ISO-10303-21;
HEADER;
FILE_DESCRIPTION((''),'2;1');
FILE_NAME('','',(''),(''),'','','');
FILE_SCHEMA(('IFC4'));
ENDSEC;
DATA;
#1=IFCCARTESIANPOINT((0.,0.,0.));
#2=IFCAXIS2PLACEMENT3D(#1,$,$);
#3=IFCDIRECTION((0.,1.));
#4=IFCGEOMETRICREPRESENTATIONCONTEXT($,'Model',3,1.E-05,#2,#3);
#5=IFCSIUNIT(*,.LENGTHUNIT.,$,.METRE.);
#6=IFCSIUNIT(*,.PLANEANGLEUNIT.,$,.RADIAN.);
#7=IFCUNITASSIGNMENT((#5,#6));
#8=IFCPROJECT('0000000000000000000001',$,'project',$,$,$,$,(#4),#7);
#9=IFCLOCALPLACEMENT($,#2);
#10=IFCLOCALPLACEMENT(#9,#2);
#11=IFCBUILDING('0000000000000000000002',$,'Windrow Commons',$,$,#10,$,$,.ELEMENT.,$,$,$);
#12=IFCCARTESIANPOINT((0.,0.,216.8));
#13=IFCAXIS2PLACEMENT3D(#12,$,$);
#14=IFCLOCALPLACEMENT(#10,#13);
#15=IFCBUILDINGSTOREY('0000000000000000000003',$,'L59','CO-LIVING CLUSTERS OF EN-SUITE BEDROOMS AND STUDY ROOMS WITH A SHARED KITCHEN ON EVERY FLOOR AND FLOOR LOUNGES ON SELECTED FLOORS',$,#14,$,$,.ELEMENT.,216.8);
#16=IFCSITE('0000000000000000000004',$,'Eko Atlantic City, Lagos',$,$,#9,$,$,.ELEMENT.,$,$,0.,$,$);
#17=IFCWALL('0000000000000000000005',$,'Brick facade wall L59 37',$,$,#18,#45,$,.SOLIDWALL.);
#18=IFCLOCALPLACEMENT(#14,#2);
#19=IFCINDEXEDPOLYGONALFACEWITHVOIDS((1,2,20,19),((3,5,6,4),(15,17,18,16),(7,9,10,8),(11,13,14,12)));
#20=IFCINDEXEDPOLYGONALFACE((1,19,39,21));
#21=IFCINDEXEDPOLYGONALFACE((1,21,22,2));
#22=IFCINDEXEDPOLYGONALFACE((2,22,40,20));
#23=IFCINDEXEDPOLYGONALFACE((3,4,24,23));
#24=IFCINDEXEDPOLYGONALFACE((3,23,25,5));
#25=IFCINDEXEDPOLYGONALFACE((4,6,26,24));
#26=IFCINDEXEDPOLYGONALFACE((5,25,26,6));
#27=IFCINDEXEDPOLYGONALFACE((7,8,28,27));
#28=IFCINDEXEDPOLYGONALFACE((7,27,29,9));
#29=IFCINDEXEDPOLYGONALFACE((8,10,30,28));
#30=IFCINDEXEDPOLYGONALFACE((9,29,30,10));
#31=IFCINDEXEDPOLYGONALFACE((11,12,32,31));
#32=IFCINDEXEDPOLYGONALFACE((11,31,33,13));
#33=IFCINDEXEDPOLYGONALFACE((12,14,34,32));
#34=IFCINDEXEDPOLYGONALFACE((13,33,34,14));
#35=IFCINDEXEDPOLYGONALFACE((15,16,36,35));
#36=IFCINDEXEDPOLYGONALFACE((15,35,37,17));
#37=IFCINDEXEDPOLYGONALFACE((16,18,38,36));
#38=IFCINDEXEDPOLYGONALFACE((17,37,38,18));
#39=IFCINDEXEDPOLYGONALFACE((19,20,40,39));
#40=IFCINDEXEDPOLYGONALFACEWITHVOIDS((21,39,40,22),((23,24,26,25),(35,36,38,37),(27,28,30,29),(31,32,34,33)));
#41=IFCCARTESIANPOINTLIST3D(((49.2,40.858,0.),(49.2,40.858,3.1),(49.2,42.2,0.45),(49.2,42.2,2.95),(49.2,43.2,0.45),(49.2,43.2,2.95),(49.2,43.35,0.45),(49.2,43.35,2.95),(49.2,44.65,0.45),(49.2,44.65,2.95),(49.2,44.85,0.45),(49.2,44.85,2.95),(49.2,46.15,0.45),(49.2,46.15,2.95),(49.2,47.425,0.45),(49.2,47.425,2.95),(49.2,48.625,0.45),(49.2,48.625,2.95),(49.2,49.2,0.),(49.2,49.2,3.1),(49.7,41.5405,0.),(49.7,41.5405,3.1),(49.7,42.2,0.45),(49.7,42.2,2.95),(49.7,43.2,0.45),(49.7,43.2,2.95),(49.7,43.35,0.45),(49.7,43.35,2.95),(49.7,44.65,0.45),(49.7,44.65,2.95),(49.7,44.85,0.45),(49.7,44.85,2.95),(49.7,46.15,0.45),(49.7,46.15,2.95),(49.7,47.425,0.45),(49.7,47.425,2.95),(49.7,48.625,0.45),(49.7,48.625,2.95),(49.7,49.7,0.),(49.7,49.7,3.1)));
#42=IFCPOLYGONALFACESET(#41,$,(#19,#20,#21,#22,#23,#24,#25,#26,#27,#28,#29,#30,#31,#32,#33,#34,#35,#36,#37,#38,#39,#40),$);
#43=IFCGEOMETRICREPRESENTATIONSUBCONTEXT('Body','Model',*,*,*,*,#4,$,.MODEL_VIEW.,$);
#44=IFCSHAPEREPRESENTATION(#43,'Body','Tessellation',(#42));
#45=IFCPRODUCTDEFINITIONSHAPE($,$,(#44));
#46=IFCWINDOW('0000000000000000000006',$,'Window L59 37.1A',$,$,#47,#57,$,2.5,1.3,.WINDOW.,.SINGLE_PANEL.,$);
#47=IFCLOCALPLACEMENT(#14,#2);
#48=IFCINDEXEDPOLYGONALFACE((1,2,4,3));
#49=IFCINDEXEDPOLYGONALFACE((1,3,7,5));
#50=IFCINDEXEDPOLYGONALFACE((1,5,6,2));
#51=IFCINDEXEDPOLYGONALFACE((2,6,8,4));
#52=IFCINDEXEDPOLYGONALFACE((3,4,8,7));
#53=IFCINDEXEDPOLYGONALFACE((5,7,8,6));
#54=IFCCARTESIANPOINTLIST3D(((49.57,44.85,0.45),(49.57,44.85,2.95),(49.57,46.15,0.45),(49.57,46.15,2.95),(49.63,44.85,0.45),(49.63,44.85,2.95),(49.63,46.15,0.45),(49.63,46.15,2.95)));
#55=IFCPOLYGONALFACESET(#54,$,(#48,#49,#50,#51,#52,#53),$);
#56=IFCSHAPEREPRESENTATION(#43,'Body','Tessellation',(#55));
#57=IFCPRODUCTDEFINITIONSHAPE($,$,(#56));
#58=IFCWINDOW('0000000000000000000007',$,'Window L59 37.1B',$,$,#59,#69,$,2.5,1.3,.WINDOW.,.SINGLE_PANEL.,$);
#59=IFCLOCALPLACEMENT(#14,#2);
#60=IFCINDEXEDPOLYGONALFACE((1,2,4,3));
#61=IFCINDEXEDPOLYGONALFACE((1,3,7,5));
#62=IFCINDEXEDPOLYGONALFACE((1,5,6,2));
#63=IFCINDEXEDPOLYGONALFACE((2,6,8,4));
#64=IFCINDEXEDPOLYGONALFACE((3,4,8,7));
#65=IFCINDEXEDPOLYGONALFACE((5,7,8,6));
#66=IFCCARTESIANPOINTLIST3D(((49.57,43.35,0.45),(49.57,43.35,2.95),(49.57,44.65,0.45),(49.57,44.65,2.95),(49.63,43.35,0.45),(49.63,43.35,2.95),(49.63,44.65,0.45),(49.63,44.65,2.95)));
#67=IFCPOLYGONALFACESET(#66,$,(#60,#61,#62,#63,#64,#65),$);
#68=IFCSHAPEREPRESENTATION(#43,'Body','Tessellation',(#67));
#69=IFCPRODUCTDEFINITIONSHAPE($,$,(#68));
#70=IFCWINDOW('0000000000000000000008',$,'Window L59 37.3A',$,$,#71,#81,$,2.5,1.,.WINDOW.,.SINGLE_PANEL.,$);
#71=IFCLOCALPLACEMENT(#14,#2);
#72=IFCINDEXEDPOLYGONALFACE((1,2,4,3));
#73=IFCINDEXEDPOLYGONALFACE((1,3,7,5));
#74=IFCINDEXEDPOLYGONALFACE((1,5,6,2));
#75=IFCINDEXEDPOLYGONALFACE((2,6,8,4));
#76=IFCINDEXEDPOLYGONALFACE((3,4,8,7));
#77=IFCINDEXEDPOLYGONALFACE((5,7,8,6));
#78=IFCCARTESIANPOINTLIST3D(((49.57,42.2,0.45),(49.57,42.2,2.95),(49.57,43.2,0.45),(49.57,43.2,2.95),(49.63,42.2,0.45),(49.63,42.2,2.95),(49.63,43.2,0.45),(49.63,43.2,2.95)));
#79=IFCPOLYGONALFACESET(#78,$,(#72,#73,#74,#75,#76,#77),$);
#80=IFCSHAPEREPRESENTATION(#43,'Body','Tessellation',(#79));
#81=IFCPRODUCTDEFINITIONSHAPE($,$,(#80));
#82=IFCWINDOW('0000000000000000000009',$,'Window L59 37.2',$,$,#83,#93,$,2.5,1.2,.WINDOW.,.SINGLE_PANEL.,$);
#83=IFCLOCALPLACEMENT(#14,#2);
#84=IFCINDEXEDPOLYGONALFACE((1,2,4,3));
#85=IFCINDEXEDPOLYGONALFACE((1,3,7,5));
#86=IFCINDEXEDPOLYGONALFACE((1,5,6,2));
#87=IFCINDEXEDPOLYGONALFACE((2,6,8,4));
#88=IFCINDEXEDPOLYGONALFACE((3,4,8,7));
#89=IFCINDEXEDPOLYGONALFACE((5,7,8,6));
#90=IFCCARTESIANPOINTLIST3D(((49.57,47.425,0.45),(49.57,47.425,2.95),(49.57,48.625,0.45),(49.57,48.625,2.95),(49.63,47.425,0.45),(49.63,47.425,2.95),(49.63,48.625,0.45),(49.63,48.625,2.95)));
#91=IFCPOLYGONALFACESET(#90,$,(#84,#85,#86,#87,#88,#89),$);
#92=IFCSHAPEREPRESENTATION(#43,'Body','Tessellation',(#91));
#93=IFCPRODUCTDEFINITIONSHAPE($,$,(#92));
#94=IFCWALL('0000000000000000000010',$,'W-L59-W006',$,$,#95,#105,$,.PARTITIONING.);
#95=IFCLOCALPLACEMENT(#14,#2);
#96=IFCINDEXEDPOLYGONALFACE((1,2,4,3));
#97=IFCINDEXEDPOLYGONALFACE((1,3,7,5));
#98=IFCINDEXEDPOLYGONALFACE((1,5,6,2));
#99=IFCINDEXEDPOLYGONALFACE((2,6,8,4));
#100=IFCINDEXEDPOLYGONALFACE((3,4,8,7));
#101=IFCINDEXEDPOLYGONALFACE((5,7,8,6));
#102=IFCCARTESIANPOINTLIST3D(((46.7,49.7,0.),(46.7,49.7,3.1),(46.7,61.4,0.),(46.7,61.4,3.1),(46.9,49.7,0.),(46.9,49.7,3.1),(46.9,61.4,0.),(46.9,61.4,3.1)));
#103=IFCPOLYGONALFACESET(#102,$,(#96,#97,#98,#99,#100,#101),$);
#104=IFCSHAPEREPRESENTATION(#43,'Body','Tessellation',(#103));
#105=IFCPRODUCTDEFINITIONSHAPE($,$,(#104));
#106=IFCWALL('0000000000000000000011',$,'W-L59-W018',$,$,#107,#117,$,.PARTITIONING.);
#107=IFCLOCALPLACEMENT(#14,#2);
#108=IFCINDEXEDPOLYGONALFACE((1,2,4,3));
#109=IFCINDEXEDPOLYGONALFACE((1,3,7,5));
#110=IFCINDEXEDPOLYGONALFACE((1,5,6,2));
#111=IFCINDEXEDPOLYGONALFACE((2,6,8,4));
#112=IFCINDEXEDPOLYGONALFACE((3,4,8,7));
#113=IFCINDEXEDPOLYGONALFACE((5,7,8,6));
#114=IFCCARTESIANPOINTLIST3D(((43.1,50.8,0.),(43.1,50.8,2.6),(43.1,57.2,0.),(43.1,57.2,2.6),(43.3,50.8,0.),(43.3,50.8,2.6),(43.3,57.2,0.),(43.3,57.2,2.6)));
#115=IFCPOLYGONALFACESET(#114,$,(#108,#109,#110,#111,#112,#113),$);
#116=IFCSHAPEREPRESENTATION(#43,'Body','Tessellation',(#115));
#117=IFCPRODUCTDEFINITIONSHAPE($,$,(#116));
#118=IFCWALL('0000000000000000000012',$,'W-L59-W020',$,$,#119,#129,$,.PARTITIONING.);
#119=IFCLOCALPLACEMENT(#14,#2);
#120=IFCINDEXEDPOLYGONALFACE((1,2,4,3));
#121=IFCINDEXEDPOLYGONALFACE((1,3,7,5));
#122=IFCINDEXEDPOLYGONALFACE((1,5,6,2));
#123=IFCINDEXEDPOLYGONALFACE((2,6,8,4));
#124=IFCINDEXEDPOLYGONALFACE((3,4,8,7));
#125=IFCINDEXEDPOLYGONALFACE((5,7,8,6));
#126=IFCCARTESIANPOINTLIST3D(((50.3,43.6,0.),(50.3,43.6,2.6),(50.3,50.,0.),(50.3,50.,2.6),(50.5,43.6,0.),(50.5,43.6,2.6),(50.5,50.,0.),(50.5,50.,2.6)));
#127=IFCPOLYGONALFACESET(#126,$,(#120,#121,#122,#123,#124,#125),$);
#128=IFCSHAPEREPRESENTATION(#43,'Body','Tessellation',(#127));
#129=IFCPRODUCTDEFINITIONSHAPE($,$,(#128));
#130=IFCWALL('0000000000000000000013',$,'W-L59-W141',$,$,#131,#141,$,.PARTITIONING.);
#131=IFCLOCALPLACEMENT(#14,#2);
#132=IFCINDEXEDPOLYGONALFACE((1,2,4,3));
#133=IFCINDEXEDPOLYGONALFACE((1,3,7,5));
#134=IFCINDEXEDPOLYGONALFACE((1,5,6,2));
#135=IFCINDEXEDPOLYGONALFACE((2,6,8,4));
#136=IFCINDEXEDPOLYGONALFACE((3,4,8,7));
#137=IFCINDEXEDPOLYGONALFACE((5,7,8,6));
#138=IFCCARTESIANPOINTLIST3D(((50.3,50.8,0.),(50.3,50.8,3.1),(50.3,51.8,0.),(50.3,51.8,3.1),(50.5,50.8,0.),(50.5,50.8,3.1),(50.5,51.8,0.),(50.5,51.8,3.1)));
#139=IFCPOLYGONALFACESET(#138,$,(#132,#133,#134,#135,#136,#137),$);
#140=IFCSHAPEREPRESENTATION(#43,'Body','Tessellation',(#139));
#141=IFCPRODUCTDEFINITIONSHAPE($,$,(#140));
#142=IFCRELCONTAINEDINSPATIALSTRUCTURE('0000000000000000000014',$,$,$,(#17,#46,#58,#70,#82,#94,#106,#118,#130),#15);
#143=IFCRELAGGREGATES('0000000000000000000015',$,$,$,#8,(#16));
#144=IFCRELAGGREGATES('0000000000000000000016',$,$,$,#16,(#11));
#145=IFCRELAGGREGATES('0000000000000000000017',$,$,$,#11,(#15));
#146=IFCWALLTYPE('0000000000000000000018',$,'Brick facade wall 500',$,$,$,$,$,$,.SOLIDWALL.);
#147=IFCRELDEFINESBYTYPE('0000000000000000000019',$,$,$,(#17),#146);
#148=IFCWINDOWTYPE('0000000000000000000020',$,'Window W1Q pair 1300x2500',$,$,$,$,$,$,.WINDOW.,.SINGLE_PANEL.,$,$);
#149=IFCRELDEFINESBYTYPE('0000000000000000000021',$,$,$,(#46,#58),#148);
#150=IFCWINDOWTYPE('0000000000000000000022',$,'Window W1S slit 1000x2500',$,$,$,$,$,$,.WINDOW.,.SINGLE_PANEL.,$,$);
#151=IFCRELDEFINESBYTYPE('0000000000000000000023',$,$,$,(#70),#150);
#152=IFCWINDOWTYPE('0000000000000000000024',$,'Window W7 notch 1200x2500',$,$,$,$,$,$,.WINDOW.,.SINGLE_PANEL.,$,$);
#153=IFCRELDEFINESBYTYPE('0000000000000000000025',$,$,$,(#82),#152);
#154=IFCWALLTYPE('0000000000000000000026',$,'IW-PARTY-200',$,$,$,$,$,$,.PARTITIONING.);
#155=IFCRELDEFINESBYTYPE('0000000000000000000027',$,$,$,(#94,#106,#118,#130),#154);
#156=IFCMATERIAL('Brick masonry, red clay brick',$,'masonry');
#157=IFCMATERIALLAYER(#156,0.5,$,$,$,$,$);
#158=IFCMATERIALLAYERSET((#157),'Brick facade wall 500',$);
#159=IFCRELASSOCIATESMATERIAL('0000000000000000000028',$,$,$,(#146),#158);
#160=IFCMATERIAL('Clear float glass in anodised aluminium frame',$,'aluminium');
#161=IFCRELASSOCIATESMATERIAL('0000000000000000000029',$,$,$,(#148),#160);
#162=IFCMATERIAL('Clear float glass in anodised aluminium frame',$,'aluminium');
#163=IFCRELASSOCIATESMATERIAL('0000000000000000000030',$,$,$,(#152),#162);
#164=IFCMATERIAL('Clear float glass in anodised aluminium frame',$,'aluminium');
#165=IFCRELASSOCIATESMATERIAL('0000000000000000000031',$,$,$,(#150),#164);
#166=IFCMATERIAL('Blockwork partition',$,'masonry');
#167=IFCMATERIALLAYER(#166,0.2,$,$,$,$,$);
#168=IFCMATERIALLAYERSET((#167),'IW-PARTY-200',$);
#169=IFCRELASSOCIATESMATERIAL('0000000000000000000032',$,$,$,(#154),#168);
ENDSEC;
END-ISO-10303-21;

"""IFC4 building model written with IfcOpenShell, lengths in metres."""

from ifc_helpers import new_model, si_unit, direction, frame, frame_2d, origin, place, context, subcontext, project, spatial, polyline, rectangle, outline, extrude, material, layer, layer_set, type_object, element, fill, save


model = new_model("IFC4")

# Units and contexts
model_context = context("Model", 3, precision=1e-05, world=origin(), true_north=direction((0.0, 1.0)))
body_context = subcontext(model_context, "Body", "Model", "MODEL_VIEW")
ifc_project = project(units=[si_unit("LENGTHUNIT", "METRE"), si_unit("PLANEANGLEUNIT", "RADIAN")], contexts=[model_context])

# Site, building, storey
site_placement = place(None, origin())
site = spatial("IfcSite", under=ifc_project, at=site_placement, Name="Eko Atlantic City, Lagos", CompositionType="ELEMENT", RefElevation=0.0)
building_placement = place(site_placement, origin())
building = spatial("IfcBuilding", under=site, at=building_placement, Name="Windrow Commons", CompositionType="ELEMENT")
storey_placement = place(building_placement, frame((0.0, 0.0, 216.8)))
storey = spatial("IfcBuildingStorey", under=building, at=storey_placement, Name="L59", Description="CO-LIVING CLUSTERS OF EN-SUITE BEDROOMS AND STUDY ROOMS WITH A SHARED KITCHEN ON EVERY FLOOR AND FLOOR LOUNGES ON SELECTED FLOORS", CompositionType="ELEMENT", Elevation=216.8)

# Wall, openings, windows
ifc_material_1 = material(Name="Brick masonry, red clay brick", Category="masonry")
ifc_layer_1 = layer(ifc_material_1, 0.5)
ifc_layer_set_1 = layer_set([ifc_layer_1], Name="Brick facade wall 500")
wall_type_1 = type_object("IfcWallType", Name="Brick facade wall 500", PredefinedType="SOLIDWALL", material=ifc_layer_set_1)
ifc_material_2 = material(Name="Clear float glass in anodised aluminium frame", Category="aluminium")
window_type_1 = type_object("IfcWindowType", Name="Window W1Q pair 1300x2500", PartitioningType="SINGLE_PANEL", PredefinedType="WINDOW", material=ifc_material_2)
ifc_material_3 = material(Name="Clear float glass in anodised aluminium frame", Category="aluminium")
window_type_2 = type_object("IfcWindowType", Name="Window W7 notch 1200x2500", PartitioningType="SINGLE_PANEL", PredefinedType="WINDOW", material=ifc_material_3)
wall_1_placement = place(storey_placement, frame((49.45, 49.45, 0.0), z_axis=(0.0, 0.0, 1.0), x_axis=(0.0, -1.0, 0.0)))
wall_1 = element("IfcWall", 1, at=wall_1_placement, inside=storey, type_object=wall_type_1, Name="Brick facade wall L59 37", PredefinedType="SOLIDWALL", context=body_context, shape_type="SweptSolid", body=[
    extrude(outline(polyline([(0.25, -0.25), (8.592, -0.25), (7.9095, 0.25), (-0.25, 0.25), (0.25, -0.25)])), origin(), (0.0, 0.0, 1.0), 3.1),
])
opening_1_placement = place(wall_1_placement, frame((3.3, 0.0, 0.45)))
opening_1 = element("IfcOpeningElement", 2, at=opening_1_placement, cuts=wall_1, PredefinedType="OPENING", context=body_context, shape_type="SweptSolid", body=[
    extrude(rectangle(XDim=1.3, YDim=2.5, at=frame_2d((0.65, 1.25))), frame((0.0, 0.26, 0.0), z_axis=(0.0, -1.0, 0.0), x_axis=(1.0, 0.0, 0.0)), (0.0, 0.0, 1.0), 0.52),
])
opening_2_placement = place(wall_1_placement, frame((4.8, 0.0, 0.45)))
opening_2 = element("IfcOpeningElement", 3, at=opening_2_placement, cuts=wall_1, PredefinedType="OPENING", context=body_context, shape_type="SweptSolid", body=[
    extrude(rectangle(XDim=1.3, YDim=2.5, at=frame_2d((0.65, 1.25))), frame((0.0, 0.26, 0.0), z_axis=(0.0, -1.0, 0.0), x_axis=(1.0, 0.0, 0.0)), (0.0, 0.0, 1.0), 0.52),
])
opening_3_placement = place(wall_1_placement, frame((0.825, 0.0, 0.45)))
opening_3 = element("IfcOpeningElement", 4, at=opening_3_placement, cuts=wall_1, PredefinedType="OPENING", context=body_context, shape_type="SweptSolid", body=[
    extrude(rectangle(XDim=1.2, YDim=2.5, at=frame_2d((0.6, 1.25))), frame((0.0, 0.26, 0.0), z_axis=(0.0, -1.0, 0.0), x_axis=(1.0, 0.0, 0.0)), (0.0, 0.0, 1.0), 0.52),
])
opening_4_placement = place(wall_1_placement, frame((6.25, 0.0, 0.45)))
opening_4 = element("IfcOpeningElement", 5, at=opening_4_placement, cuts=wall_1, PredefinedType="OPENING", context=body_context, shape_type="SweptSolid", body=[
    extrude(rectangle(XDim=1.0, YDim=2.5, at=frame_2d((0.5, 1.25))), frame((0.0, 0.26, 0.0), z_axis=(0.0, -1.0, 0.0), x_axis=(1.0, 0.0, 0.0)), (0.0, 0.0, 1.0), 0.52),
])
window_1_placement = place(opening_1_placement, origin())
window_1 = element("IfcWindow", 6, at=window_1_placement, inside=storey, type_object=window_type_1, Name="Window L59 37.1A", OverallHeight=2.5, OverallWidth=1.3, PartitioningType="SINGLE_PANEL", PredefinedType="WINDOW", context=body_context, shape_type="SweptSolid", body=[
    extrude(rectangle(XDim=1.3, YDim=2.5, at=frame_2d((0.65, 1.25))), frame((0.0, 0.18, 0.0), z_axis=(0.0, -1.0, 0.0), x_axis=(1.0, 0.0, 0.0)), (0.0, 0.0, 1.0), 0.06),
])
fill(opening_1, window_1)
window_2_placement = place(opening_2_placement, origin())
window_2 = element("IfcWindow", 7, at=window_2_placement, inside=storey, type_object=window_type_1, Name="Window L59 37.1B", OverallHeight=2.5, OverallWidth=1.3, PartitioningType="SINGLE_PANEL", PredefinedType="WINDOW", context=body_context, shape_type="SweptSolid", body=[
    extrude(rectangle(XDim=1.3, YDim=2.5, at=frame_2d((0.65, 1.25))), frame((0.0, 0.18, 0.0), z_axis=(0.0, -1.0, 0.0), x_axis=(1.0, 0.0, 0.0)), (0.0, 0.0, 1.0), 0.06),
])
fill(opening_2, window_2)
ifc_material_4 = material(Name="Clear float glass in anodised aluminium frame", Category="aluminium")
window_type_3 = type_object("IfcWindowType", Name="Window W1S slit 1000x2500", PartitioningType="SINGLE_PANEL", PredefinedType="WINDOW", material=ifc_material_4)
window_3_placement = place(opening_4_placement, origin())
window_3 = element("IfcWindow", 8, at=window_3_placement, inside=storey, type_object=window_type_3, Name="Window L59 37.3A", OverallHeight=2.5, OverallWidth=1.0, PartitioningType="SINGLE_PANEL", PredefinedType="WINDOW", context=body_context, shape_type="SweptSolid", body=[
    extrude(rectangle(XDim=1.0, YDim=2.5, at=frame_2d((0.5, 1.25))), frame((0.0, 0.18, 0.0), z_axis=(0.0, -1.0, 0.0), x_axis=(1.0, 0.0, 0.0)), (0.0, 0.0, 1.0), 0.06),
])
fill(opening_4, window_3)
window_4_placement = place(opening_3_placement, origin())
window_4 = element("IfcWindow", 9, at=window_4_placement, inside=storey, type_object=window_type_2, Name="Window L59 37.2", OverallHeight=2.5, OverallWidth=1.2, PartitioningType="SINGLE_PANEL", PredefinedType="WINDOW", context=body_context, shape_type="SweptSolid", body=[
    extrude(rectangle(XDim=1.2, YDim=2.5, at=frame_2d((0.6, 1.25))), frame((0.0, 0.18, 0.0), z_axis=(0.0, -1.0, 0.0), x_axis=(1.0, 0.0, 0.0)), (0.0, 0.0, 1.0), 0.06),
])
fill(opening_3, window_4)

# Walls
ifc_material_5 = material(Name="Blockwork partition", Category="masonry")
ifc_layer_2 = layer(ifc_material_5, 0.2)
ifc_layer_set_2 = layer_set([ifc_layer_2], Name="IW-PARTY-200")
wall_type_2 = type_object("IfcWallType", Name="IW-PARTY-200", PredefinedType="PARTITIONING", material=ifc_layer_set_2)
wall_2_placement = place(storey_placement, frame((46.8, 49.7, 0.0), z_axis=(0.0, 0.0, 1.0), x_axis=(0.0, 1.0, 0.0)))
element("IfcWall", 10, at=wall_2_placement, inside=storey, type_object=wall_type_2, Name="W-L59-W006", PredefinedType="PARTITIONING", context=body_context, shape_type="SweptSolid", body=[
    extrude(rectangle(XDim=11.7, YDim=0.2, at=frame_2d((5.85, 0.0))), origin(), (0.0, 0.0, 1.0), 3.1),
])
for number, where, z_axis, x_axis, name in (
    (11, (43.2, 50.8, 0.0), (0.0, 0.0, 1.0), (0.0, 1.0, 0.0), "W-L59-W018"),
    (12, (50.4, 43.6, 0.0), (0.0, 0.0, 1.0), (0.0, 1.0, 0.0), "W-L59-W020"),
):
    element("IfcWall", number, at=place(storey_placement, frame(where, z_axis=z_axis, x_axis=x_axis)), inside=storey, type_object=wall_type_2, Name=name, PredefinedType="PARTITIONING", context=body_context, shape_type="SweptSolid", body=[
        extrude(rectangle(XDim=6.4, YDim=0.2, at=frame_2d((3.2, 0.0))), origin(), (0.0, 0.0, 1.0), 2.6),
    ])
wall_3_placement = place(storey_placement, frame((50.4, 50.8, 0.0), z_axis=(0.0, 0.0, 1.0), x_axis=(0.0, 1.0, 0.0)))
element("IfcWall", 13, at=wall_3_placement, inside=storey, type_object=wall_type_2, Name="W-L59-W141", PredefinedType="PARTITIONING", context=body_context, shape_type="SweptSolid", body=[
    extrude(rectangle(XDim=1.0, YDim=0.2, at=frame_2d((0.5, 0.0))), origin(), (0.0, 0.0, 1.0), 3.1),
])

save(model, "model.ifc")
